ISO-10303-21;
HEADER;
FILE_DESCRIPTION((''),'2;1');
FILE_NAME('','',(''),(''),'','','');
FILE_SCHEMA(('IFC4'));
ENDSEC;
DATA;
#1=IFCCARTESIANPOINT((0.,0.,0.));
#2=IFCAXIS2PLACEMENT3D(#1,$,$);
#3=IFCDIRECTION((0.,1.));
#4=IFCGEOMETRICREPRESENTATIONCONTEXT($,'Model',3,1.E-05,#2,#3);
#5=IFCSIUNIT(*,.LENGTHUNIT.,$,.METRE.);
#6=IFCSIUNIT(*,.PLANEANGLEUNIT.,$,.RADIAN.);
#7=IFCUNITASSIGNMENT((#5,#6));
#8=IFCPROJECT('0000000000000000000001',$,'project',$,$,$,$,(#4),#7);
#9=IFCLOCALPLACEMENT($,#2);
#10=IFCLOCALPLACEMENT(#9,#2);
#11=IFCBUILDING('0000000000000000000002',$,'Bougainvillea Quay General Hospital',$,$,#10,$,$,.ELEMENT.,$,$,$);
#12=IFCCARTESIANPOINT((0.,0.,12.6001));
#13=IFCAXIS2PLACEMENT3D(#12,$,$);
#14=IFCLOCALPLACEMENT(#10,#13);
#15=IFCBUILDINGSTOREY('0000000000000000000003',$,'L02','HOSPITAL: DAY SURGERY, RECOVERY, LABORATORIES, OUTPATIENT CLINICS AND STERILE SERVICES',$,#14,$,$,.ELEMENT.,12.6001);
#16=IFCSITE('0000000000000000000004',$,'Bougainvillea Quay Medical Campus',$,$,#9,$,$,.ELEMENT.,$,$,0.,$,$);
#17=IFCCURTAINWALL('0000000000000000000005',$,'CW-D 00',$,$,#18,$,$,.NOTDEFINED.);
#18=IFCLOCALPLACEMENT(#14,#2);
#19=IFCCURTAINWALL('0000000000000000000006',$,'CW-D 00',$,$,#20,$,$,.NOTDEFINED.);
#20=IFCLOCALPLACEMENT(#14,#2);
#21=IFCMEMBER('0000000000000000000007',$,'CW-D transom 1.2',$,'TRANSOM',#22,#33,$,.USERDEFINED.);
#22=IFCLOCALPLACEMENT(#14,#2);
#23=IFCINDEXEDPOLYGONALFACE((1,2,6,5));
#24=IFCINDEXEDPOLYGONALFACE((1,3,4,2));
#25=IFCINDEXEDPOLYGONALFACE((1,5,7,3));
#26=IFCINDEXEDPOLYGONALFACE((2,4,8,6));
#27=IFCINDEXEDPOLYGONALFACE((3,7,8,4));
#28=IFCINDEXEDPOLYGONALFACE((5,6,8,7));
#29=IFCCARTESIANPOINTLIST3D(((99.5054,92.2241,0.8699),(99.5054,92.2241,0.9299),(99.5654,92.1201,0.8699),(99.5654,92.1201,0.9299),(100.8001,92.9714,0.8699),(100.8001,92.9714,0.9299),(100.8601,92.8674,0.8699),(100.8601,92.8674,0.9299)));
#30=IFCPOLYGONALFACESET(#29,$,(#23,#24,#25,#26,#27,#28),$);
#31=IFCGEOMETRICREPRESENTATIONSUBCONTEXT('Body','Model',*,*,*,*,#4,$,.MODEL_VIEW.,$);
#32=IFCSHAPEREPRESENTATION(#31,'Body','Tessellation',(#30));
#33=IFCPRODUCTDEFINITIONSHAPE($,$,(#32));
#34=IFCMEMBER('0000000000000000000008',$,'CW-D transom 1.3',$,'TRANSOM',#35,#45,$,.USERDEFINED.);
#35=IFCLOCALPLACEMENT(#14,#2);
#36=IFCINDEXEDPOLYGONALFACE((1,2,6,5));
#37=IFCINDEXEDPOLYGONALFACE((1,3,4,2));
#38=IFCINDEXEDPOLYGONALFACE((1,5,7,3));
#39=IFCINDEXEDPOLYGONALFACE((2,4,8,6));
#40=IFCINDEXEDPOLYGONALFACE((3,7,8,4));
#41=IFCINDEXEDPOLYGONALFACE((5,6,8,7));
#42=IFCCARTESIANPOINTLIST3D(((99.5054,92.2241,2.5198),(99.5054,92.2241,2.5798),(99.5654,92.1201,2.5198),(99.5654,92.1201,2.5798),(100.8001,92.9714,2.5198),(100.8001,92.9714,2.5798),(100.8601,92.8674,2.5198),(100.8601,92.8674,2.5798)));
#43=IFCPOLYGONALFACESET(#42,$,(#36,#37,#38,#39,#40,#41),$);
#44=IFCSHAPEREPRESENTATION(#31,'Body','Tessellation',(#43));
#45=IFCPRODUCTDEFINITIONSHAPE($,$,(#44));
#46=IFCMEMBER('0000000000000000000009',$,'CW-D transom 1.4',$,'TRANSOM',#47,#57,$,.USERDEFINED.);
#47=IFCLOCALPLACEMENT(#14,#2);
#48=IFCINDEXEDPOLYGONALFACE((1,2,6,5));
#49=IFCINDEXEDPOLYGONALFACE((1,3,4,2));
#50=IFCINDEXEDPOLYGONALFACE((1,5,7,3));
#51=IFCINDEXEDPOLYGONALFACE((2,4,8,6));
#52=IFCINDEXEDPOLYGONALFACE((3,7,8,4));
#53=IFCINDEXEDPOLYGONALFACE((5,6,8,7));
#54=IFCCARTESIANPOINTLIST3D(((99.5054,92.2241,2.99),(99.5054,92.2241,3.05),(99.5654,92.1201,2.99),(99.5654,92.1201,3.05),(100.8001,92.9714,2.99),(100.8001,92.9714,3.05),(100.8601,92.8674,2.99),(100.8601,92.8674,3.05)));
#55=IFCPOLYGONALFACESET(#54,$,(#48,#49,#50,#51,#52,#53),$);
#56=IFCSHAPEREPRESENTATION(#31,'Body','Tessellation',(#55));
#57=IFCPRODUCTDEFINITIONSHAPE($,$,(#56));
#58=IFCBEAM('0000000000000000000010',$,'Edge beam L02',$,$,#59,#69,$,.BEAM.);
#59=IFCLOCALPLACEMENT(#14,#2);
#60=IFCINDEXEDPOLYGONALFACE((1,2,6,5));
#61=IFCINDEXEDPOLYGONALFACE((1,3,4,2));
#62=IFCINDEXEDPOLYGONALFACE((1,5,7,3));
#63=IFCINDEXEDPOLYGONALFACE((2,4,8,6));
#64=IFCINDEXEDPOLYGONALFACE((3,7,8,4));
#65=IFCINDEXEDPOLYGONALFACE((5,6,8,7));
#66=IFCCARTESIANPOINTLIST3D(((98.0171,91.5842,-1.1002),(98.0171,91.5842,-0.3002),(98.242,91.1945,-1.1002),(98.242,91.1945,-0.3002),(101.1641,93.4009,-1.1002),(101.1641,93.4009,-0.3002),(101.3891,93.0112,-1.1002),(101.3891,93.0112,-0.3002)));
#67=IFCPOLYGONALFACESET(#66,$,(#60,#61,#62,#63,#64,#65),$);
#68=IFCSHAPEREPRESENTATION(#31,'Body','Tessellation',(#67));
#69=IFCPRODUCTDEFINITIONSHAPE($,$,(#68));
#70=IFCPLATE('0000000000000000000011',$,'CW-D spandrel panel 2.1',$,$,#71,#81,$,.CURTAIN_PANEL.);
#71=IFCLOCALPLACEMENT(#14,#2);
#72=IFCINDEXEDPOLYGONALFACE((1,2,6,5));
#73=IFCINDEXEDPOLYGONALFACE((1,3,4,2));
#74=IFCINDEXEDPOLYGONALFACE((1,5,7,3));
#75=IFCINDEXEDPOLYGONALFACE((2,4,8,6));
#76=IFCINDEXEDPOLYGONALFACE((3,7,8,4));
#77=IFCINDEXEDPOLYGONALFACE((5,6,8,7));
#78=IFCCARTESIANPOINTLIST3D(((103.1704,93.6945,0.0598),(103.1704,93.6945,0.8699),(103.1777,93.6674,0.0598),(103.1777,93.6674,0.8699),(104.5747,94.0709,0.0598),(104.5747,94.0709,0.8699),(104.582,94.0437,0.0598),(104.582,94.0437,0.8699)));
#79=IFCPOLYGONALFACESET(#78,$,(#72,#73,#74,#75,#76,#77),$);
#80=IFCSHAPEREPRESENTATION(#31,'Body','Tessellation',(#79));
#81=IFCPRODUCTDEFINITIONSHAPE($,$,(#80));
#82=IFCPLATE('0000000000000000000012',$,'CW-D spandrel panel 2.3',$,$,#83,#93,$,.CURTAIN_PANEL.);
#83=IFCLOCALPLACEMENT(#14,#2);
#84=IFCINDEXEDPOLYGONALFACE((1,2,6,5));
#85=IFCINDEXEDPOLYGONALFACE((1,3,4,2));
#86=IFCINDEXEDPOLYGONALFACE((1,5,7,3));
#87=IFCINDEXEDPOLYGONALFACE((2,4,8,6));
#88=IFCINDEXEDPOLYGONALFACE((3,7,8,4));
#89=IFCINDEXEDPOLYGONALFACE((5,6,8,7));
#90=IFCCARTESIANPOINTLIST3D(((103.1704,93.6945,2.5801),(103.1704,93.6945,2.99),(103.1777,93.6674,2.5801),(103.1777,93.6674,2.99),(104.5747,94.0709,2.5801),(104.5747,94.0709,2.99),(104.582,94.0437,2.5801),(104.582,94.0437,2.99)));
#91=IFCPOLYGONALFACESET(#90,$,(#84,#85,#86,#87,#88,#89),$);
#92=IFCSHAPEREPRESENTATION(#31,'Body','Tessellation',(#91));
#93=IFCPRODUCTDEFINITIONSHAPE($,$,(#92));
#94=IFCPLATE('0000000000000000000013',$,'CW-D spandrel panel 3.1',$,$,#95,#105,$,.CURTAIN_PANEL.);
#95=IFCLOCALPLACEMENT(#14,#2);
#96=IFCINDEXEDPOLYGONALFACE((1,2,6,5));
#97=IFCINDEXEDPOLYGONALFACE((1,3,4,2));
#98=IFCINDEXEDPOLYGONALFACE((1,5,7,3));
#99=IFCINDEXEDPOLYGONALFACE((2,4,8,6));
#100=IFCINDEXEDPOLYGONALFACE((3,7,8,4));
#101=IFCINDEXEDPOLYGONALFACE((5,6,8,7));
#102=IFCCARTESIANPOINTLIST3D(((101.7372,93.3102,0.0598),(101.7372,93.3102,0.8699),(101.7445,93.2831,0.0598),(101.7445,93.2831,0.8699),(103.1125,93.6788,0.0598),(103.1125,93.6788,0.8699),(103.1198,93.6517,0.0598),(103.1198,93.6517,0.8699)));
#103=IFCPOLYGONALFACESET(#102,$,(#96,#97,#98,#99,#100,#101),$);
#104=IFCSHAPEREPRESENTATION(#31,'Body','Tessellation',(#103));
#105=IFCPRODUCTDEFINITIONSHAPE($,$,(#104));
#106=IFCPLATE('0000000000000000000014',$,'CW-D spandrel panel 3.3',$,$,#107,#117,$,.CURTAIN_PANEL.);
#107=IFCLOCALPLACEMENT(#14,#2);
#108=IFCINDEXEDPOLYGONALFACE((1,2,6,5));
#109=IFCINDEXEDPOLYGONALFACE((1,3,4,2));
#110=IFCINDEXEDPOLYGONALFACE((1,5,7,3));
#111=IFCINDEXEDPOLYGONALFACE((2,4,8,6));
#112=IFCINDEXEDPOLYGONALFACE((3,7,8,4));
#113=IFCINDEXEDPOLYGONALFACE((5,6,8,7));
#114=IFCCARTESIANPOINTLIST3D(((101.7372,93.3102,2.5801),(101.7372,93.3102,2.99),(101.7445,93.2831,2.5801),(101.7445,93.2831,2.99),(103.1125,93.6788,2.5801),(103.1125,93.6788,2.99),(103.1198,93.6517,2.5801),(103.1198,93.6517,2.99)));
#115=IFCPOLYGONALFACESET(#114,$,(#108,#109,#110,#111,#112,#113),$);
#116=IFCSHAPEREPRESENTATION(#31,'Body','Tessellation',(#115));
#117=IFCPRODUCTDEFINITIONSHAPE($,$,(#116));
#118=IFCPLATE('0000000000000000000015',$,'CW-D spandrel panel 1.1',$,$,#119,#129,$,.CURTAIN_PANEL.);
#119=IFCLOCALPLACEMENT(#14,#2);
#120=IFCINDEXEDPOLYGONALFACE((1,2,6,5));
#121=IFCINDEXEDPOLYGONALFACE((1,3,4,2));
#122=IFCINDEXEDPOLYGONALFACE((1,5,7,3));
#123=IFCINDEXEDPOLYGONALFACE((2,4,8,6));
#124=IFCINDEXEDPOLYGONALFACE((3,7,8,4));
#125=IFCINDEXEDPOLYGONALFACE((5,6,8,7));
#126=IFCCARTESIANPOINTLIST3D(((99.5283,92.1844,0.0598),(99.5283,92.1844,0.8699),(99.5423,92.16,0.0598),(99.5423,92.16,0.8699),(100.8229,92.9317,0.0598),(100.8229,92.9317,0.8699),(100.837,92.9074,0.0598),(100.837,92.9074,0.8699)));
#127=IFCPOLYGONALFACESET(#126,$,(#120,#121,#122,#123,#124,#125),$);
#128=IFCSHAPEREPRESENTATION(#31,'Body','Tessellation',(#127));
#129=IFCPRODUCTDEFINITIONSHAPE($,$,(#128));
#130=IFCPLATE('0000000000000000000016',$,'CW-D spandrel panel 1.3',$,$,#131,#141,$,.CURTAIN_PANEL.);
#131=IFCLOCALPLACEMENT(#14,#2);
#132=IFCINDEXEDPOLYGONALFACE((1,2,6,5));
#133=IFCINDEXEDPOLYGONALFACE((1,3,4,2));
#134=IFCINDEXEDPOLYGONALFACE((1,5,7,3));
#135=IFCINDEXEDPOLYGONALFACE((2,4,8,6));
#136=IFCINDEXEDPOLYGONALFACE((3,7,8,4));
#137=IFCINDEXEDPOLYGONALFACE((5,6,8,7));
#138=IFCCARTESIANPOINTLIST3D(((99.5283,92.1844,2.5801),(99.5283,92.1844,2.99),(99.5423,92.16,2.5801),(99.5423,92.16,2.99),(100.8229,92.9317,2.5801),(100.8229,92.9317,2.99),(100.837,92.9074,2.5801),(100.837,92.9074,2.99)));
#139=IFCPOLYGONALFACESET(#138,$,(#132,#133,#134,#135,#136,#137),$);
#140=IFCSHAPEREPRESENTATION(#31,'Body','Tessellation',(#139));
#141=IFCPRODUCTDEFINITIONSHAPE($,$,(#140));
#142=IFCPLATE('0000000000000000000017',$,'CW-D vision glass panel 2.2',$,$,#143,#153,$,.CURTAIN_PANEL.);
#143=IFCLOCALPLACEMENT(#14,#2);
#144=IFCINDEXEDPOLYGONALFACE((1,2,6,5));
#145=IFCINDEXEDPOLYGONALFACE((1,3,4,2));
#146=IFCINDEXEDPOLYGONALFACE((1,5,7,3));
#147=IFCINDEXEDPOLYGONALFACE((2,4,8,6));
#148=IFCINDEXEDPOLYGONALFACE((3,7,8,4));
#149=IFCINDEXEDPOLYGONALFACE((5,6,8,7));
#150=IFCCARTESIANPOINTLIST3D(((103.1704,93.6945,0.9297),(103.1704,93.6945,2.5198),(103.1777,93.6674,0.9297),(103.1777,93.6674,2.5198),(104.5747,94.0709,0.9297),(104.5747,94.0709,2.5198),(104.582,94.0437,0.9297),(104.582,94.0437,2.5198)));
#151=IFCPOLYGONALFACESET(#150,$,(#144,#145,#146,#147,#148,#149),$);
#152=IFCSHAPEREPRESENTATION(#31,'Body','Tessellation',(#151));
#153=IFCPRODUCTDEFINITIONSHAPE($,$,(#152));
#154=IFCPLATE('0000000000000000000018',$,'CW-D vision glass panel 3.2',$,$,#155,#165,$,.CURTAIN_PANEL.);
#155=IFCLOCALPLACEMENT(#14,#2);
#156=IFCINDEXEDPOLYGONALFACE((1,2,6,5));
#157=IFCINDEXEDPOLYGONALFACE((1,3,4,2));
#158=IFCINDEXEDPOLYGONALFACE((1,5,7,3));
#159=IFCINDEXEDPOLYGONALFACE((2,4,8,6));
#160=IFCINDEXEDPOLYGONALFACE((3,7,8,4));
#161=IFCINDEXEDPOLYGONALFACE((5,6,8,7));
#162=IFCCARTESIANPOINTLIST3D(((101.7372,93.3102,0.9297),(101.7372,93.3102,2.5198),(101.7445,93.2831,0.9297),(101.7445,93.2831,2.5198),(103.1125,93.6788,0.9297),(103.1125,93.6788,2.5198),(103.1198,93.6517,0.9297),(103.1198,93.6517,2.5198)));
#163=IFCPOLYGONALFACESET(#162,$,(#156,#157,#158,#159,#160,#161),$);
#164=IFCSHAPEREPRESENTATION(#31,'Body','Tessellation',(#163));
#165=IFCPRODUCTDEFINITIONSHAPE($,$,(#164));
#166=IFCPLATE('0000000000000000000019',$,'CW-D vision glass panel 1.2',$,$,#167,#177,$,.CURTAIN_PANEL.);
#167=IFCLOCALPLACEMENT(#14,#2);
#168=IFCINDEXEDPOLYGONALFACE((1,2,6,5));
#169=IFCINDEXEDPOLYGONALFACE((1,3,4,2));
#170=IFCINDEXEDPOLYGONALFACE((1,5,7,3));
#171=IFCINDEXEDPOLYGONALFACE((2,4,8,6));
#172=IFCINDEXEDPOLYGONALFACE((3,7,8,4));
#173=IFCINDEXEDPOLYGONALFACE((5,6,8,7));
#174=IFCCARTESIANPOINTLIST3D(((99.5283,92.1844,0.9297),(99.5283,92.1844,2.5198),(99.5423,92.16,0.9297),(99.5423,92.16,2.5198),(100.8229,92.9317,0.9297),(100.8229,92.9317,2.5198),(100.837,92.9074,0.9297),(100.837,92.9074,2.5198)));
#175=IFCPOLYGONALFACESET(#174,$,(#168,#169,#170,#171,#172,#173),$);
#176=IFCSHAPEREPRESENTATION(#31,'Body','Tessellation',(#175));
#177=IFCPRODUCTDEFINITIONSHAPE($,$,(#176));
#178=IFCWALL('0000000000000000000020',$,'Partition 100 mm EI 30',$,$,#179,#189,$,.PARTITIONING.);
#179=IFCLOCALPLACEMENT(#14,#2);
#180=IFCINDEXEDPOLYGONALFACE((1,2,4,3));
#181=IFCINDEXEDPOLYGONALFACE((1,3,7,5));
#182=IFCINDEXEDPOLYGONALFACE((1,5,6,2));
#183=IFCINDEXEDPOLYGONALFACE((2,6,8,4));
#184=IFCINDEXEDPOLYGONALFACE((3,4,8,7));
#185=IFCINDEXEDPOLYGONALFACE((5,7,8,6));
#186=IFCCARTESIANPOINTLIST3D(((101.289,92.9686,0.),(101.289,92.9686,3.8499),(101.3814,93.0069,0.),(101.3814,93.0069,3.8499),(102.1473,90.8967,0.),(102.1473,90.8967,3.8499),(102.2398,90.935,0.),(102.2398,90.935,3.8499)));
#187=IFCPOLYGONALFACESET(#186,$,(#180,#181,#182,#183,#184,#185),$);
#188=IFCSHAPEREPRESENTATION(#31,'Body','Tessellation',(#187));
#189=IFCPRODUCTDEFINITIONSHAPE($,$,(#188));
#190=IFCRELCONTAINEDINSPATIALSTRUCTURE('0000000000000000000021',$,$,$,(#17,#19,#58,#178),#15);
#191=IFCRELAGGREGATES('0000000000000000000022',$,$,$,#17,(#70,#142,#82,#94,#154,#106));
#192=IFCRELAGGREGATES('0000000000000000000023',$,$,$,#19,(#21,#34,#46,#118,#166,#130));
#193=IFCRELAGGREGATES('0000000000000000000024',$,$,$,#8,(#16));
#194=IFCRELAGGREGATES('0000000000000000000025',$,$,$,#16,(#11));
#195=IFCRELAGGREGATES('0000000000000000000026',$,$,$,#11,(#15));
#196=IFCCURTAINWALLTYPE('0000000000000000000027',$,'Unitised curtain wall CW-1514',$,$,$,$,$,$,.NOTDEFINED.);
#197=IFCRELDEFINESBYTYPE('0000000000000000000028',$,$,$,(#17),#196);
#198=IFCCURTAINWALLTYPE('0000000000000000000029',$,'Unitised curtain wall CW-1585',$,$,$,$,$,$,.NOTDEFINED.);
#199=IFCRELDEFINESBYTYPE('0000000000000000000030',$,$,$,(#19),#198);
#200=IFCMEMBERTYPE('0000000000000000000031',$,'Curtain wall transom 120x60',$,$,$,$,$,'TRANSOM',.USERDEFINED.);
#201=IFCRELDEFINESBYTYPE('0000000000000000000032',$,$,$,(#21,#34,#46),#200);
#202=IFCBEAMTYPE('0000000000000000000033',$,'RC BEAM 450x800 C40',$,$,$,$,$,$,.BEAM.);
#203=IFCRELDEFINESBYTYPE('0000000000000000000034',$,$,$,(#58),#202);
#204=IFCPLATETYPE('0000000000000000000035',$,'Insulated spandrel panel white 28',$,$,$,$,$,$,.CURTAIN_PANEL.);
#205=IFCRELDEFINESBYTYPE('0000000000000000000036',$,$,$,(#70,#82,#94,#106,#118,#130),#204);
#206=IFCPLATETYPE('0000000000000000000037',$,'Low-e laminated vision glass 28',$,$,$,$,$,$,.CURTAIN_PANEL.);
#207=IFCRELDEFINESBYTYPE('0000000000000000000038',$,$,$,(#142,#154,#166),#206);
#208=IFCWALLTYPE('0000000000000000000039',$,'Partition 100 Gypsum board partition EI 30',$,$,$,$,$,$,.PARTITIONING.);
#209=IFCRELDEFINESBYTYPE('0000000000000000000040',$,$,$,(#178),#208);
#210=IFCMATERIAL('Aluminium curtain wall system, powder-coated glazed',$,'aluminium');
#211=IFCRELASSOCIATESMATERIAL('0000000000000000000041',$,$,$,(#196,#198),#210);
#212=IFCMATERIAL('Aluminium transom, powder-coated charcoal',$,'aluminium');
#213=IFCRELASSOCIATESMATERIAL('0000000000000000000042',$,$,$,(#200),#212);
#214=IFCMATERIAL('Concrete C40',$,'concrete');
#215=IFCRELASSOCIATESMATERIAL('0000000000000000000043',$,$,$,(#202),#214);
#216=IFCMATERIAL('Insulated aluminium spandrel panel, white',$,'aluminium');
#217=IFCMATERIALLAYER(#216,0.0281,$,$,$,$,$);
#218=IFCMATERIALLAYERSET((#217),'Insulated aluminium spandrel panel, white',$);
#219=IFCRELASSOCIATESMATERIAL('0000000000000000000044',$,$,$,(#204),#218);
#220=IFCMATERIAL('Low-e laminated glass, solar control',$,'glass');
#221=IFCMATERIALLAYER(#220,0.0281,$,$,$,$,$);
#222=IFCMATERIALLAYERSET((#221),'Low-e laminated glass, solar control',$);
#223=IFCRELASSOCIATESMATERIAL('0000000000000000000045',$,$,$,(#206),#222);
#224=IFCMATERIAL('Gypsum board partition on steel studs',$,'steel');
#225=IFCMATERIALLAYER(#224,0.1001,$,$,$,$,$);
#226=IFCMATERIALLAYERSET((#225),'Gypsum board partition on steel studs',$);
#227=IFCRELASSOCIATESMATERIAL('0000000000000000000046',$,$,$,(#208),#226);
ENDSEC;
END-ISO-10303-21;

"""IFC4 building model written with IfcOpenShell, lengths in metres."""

from ifc_helpers import new_model, si_unit, direction, frame, frame_2d, origin, origin_2d, place, context, subcontext, project, spatial, rectangle, extrude, material, layer, layer_set, material_profile, profile_set, type_object, element, aggregate, save


model = new_model("IFC4")

# Units and contexts
model_context = context("Model", 3, precision=1e-05, world=origin(), true_north=direction((0.0, 1.0)))
body_context = subcontext(model_context, "Body", "Model", "MODEL_VIEW")
ifc_project = project(units=[si_unit("LENGTHUNIT", "METRE"), si_unit("PLANEANGLEUNIT", "RADIAN")], contexts=[model_context])

# Site, building, storey
site_placement = place(None, origin())
site = spatial("IfcSite", under=ifc_project, at=site_placement, Name="Bougainvillea Quay Medical Campus", CompositionType="ELEMENT", RefElevation=0.0)
building_placement = place(site_placement, origin())
building = spatial("IfcBuilding", under=site, at=building_placement, Name="Bougainvillea Quay General Hospital", CompositionType="ELEMENT")
storey_placement = place(building_placement, frame((0.0, 0.0, 12.6001)))
storey = spatial("IfcBuildingStorey", under=building, at=storey_placement, Name="L02", Description="HOSPITAL: DAY SURGERY, RECOVERY, LABORATORIES, OUTPATIENT CLINICS AND STERILE SERVICES", CompositionType="ELEMENT", Elevation=12.6001)

# Shared definitions
ifc_material_1 = material(Name="Concrete C40", Category="concrete")

# Curtain wall
ifc_material_2 = material(Name="Aluminium curtain wall system, powder-coated glazed", Category="aluminium")
curtain_wall_type_1 = type_object("IfcCurtainWallType", Name="Unitised curtain wall CW-1514", PredefinedType="NOTDEFINED", material=ifc_material_2)
curtain_wall_1_placement = place(storey_placement, origin())
curtain_wall_1 = element("IfcCurtainWall", 1, at=curtain_wall_1_placement, inside=storey, type_object=curtain_wall_type_1, Name="CW-D 00", PredefinedType="NOTDEFINED")

# Curtain wall
curtain_wall_type_2 = type_object("IfcCurtainWallType", Name="Unitised curtain wall CW-1585", PredefinedType="NOTDEFINED", material=ifc_material_2)
curtain_wall_2_placement = place(storey_placement, origin())
curtain_wall_2 = element("IfcCurtainWall", 2, at=curtain_wall_2_placement, inside=storey, type_object=curtain_wall_type_2, Name="CW-D 00", PredefinedType="NOTDEFINED")

# Members
ifc_material_3 = material(Name="Aluminium transom, powder-coated charcoal", Category="aluminium")
ifc_material_profile_1 = material_profile(ifc_material_3, rectangle(XDim=0.1201, YDim=0.0601, at=origin_2d()))
ifc_profile_set_1 = profile_set([ifc_material_profile_1], Name="Aluminium transom, powder-coated charcoal")
member_type_1 = type_object("IfcMemberType", Name="Curtain wall transom 120x60", ElementType="TRANSOM", PredefinedType="USERDEFINED", material=ifc_profile_set_1)
member_1_placement = place(storey_placement, frame((100.8301, 92.9194, 0.8999), z_axis=(-0.866074, -0.499916, 0.0), x_axis=(0.499916, -0.866074, 0.0)))
member_1 = element("IfcMember", 3, at=member_1_placement, type_object=member_type_1, Name="CW-D transom 1.2", ObjectType="TRANSOM", PredefinedType="USERDEFINED", context=body_context, shape_type="SweptSolid", body=[
    extrude(rectangle(XDim=0.1201, YDim=0.0601, at=origin_2d()), origin(), (0.0, 0.0, 1.0), 1.4949),
])
member_2_placement = place(storey_placement, frame((100.8301, 92.9194, 2.5498), z_axis=(-0.866074, -0.499916, 0.0), x_axis=(0.499916, -0.866074, 0.0)))
member_2 = element("IfcMember", 4, at=member_2_placement, type_object=member_type_1, Name="CW-D transom 1.3", ObjectType="TRANSOM", PredefinedType="USERDEFINED", context=body_context, shape_type="SweptSolid", body=[
    extrude(rectangle(XDim=0.1201, YDim=0.0601, at=origin_2d()), origin(), (0.0, 0.0, 1.0), 1.4949),
])
member_3_placement = place(storey_placement, frame((100.8301, 92.9194, 3.02), z_axis=(-0.866074, -0.499916, 0.0), x_axis=(0.499916, -0.866074, 0.0)))
member_3 = element("IfcMember", 5, at=member_3_placement, type_object=member_type_1, Name="CW-D transom 1.4", ObjectType="TRANSOM", PredefinedType="USERDEFINED", context=body_context, shape_type="SweptSolid", body=[
    extrude(rectangle(XDim=0.1201, YDim=0.0601, at=origin_2d()), origin(), (0.0, 0.0, 1.0), 1.4949),
])

# Beam
ifc_material_profile_2 = material_profile(ifc_material_1, rectangle(XDim=0.45, YDim=0.8, at=origin_2d()))
ifc_profile_set_2 = profile_set([ifc_material_profile_2], Name="Concrete C40")
beam_type = type_object("IfcBeamType", Name="RC BEAM 450x800 C40", PredefinedType="BEAM", material=ifc_profile_set_2)
beam_placement = place(storey_placement, frame((101.2766, 93.2061, -0.7002), z_axis=(-0.866056, -0.499947, 0.0), x_axis=(0.499947, -0.866056, 0.0)))
element("IfcBeam", 6, at=beam_placement, inside=storey, type_object=beam_type, Name="Edge beam L02", PredefinedType="BEAM", context=body_context, shape_type="SweptSolid", body=[
    extrude(rectangle(XDim=0.45, YDim=0.8, at=origin_2d()), origin(), (0.0, 0.0, 1.0), 3.6338),
])

# Plates
ifc_material_4 = material(Name="Insulated aluminium spandrel panel, white", Category="aluminium")
ifc_layer_1 = layer(ifc_material_4, 0.0281)
ifc_layer_set_1 = layer_set([ifc_layer_1], Name="Insulated aluminium spandrel panel, white")
plate_type_1 = type_object("IfcPlateType", Name="Insulated spandrel panel white 28", PredefinedType="CURTAIN_PANEL", material=ifc_layer_set_1)
plate_1_placement = place(storey_placement, frame((103.8762, 93.8691, 0.0598), z_axis=(0.0, 0.0, 1.0), x_axis=(-0.965916, -0.258855, 0.0)))
plate_1 = element("IfcPlate", 7, at=plate_1_placement, type_object=plate_type_1, Name="CW-D spandrel panel 2.1", PredefinedType="CURTAIN_PANEL", context=body_context, shape_type="SweptSolid", body=[
    extrude(rectangle(XDim=1.4539, YDim=0.0281, at=origin_2d()), origin(), (0.0, 0.0, 1.0), 0.8101),
])
plate_2_placement = place(storey_placement, frame((103.8762, 93.8691, 2.5801), z_axis=(0.0, 0.0, 1.0), x_axis=(-0.965916, -0.258855, 0.0)))
plate_2 = element("IfcPlate", 8, at=plate_2_placement, type_object=plate_type_1, Name="CW-D spandrel panel 2.3", PredefinedType="CURTAIN_PANEL", context=body_context, shape_type="SweptSolid", body=[
    extrude(rectangle(XDim=1.4539, YDim=0.0281, at=origin_2d()), origin(), (0.0, 0.0, 1.0), 0.4099),
])
plate_3_placement = place(storey_placement, frame((102.4285, 93.481, 0.0598), z_axis=(0.0, 0.0, 1.0), x_axis=(-0.965916, -0.258855, 0.0)))
plate_3 = element("IfcPlate", 9, at=plate_3_placement, type_object=plate_type_1, Name="CW-D spandrel panel 3.1", PredefinedType="CURTAIN_PANEL", context=body_context, shape_type="SweptSolid", body=[
    extrude(rectangle(XDim=1.4238, YDim=0.0281, at=origin_2d()), origin(), (0.0, 0.0, 1.0), 0.8101),
])
plate_4_placement = place(storey_placement, frame((102.4285, 93.481, 2.5801), z_axis=(0.0, 0.0, 1.0), x_axis=(-0.965916, -0.258855, 0.0)))
plate_4 = element("IfcPlate", 10, at=plate_4_placement, type_object=plate_type_1, Name="CW-D spandrel panel 3.3", PredefinedType="CURTAIN_PANEL", context=body_context, shape_type="SweptSolid", body=[
    extrude(rectangle(XDim=1.4238, YDim=0.0281, at=origin_2d()), origin(), (0.0, 0.0, 1.0), 0.4099),
])
plate_5_placement = place(storey_placement, frame((100.1826, 92.5459, 0.0598), z_axis=(0.0, 0.0, 1.0), x_axis=(-0.866046, -0.499965, 0.0)))
plate_5 = element("IfcPlate", 11, at=plate_5_placement, type_object=plate_type_1, Name="CW-D spandrel panel 1.1", PredefinedType="CURTAIN_PANEL", context=body_context, shape_type="SweptSolid", body=[
    extrude(rectangle(XDim=1.4949, YDim=0.0281, at=origin_2d()), origin(), (0.0, 0.0, 1.0), 0.8101),
])
plate_6_placement = place(storey_placement, frame((100.1826, 92.5459, 2.5801), z_axis=(0.0, 0.0, 1.0), x_axis=(-0.866046, -0.499965, 0.0)))
plate_6 = element("IfcPlate", 12, at=plate_6_placement, type_object=plate_type_1, Name="CW-D spandrel panel 1.3", PredefinedType="CURTAIN_PANEL", context=body_context, shape_type="SweptSolid", body=[
    extrude(rectangle(XDim=1.4949, YDim=0.0281, at=origin_2d()), origin(), (0.0, 0.0, 1.0), 0.4099),
])
ifc_material_5 = material(Name="Low-e laminated glass, solar control", Category="glass")
ifc_layer_2 = layer(ifc_material_5, 0.0281)
ifc_layer_set_2 = layer_set([ifc_layer_2], Name="Low-e laminated glass, solar control")
plate_type_2 = type_object("IfcPlateType", Name="Low-e laminated vision glass 28", PredefinedType="CURTAIN_PANEL", material=ifc_layer_set_2)
plate_7_placement = place(storey_placement, frame((103.8762, 93.8691, 0.9297), z_axis=(0.0, 0.0, 1.0), x_axis=(-0.965916, -0.258855, 0.0)))
plate_7 = element("IfcPlate", 13, at=plate_7_placement, type_object=plate_type_2, Name="CW-D vision glass panel 2.2", PredefinedType="CURTAIN_PANEL", context=body_context, shape_type="SweptSolid", body=[
    extrude(rectangle(XDim=1.4539, YDim=0.0281, at=origin_2d()), origin(), (0.0, 0.0, 1.0), 1.5901),
])
plate_8_placement = place(storey_placement, frame((102.4285, 93.481, 0.9297), z_axis=(0.0, 0.0, 1.0), x_axis=(-0.965916, -0.258855, 0.0)))
plate_8 = element("IfcPlate", 14, at=plate_8_placement, type_object=plate_type_2, Name="CW-D vision glass panel 3.2", PredefinedType="CURTAIN_PANEL", context=body_context, shape_type="SweptSolid", body=[
    extrude(rectangle(XDim=1.4238, YDim=0.0281, at=origin_2d()), origin(), (0.0, 0.0, 1.0), 1.5901),
])
aggregate(curtain_wall_1, [plate_1, plate_7, plate_2, plate_3, plate_8, plate_4])
plate_9_placement = place(storey_placement, frame((100.1826, 92.5459, 0.9297), z_axis=(0.0, 0.0, 1.0), x_axis=(-0.866046, -0.499965, 0.0)))
plate_9 = element("IfcPlate", 15, at=plate_9_placement, type_object=plate_type_2, Name="CW-D vision glass panel 1.2", PredefinedType="CURTAIN_PANEL", context=body_context, shape_type="SweptSolid", body=[
    extrude(rectangle(XDim=1.4949, YDim=0.0281, at=origin_2d()), origin(), (0.0, 0.0, 1.0), 1.5901),
])
aggregate(curtain_wall_2, [member_1, member_2, member_3, plate_5, plate_9, plate_6])

# Wall
ifc_material_6 = material(Name="Gypsum board partition on steel studs", Category="steel")
ifc_layer_3 = layer(ifc_material_6, 0.1001)
ifc_layer_set_3 = layer_set([ifc_layer_3], Name="Gypsum board partition on steel studs")
wall_type_1 = type_object("IfcWallType", Name="Partition 100 Gypsum board partition EI 30", PredefinedType="PARTITIONING", material=ifc_layer_set_3)
wall_1_placement = place(storey_placement, frame((101.3352, 92.9878, 0.0), z_axis=(0.0, 0.0, 1.0), x_axis=(0.382736, -0.923858, 0.0)))
element("IfcWall", 16, at=wall_1_placement, inside=storey, type_object=wall_type_1, Name="Partition 100 mm EI 30", PredefinedType="PARTITIONING", context=body_context, shape_type="SweptSolid", body=[
    extrude(rectangle(XDim=2.2427, YDim=0.1001, at=frame_2d((1.1213, 0.0))), origin(), (0.0, 0.0, 1.0), 3.8499),
])

save(model, "model.ifc")
